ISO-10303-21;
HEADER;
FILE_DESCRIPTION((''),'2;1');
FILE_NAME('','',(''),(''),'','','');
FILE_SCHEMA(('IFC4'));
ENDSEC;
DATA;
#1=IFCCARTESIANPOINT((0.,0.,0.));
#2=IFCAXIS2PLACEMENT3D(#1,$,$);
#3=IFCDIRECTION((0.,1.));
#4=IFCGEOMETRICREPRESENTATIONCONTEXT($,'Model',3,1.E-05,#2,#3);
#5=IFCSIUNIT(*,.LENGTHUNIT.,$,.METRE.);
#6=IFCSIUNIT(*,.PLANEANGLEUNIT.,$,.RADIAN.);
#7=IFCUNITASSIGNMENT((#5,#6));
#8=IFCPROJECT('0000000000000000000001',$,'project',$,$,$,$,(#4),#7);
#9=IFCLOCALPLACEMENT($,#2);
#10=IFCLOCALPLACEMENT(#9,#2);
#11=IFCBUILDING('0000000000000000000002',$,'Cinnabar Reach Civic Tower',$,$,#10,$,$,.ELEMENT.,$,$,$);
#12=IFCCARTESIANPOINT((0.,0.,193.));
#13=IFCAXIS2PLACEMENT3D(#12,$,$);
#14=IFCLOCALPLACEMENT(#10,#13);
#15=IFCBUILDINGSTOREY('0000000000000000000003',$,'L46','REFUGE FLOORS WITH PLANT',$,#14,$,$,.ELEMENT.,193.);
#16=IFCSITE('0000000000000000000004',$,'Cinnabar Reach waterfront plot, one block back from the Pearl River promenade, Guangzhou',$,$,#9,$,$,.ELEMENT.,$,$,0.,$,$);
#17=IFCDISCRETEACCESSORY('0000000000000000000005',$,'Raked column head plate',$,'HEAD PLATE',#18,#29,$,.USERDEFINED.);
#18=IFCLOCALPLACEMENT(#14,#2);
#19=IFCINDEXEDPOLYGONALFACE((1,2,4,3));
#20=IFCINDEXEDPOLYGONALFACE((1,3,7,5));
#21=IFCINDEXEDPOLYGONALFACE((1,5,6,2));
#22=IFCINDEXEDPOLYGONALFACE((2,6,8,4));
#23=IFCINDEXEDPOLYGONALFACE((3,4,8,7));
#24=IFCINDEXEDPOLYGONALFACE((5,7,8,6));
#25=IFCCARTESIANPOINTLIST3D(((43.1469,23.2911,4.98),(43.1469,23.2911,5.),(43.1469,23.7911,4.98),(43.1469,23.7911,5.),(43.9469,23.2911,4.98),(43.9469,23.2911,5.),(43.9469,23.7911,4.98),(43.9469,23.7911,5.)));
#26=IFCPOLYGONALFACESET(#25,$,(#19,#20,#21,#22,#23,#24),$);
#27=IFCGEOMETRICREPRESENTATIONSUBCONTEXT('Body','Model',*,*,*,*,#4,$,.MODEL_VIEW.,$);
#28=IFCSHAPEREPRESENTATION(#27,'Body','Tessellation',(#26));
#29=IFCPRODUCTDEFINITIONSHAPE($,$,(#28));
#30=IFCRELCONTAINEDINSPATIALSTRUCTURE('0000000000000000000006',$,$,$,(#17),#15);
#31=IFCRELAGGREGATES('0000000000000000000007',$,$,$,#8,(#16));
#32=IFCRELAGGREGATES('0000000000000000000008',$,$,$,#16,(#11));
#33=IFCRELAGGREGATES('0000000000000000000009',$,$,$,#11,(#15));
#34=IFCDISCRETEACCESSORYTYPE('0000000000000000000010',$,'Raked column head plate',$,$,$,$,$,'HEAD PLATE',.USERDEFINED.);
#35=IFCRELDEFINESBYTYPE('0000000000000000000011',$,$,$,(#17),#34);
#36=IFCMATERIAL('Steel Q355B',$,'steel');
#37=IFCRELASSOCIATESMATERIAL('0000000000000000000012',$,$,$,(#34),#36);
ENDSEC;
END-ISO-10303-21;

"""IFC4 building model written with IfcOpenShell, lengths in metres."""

from ifc_helpers import new_model, si_unit, direction, frame, origin, origin_2d, place, context, subcontext, project, spatial, rectangle, extrude, material, type_object, element, save


model = new_model("IFC4")

# Units and contexts
model_context = context("Model", 3, precision=1e-05, world=origin(), true_north=direction((0.0, 1.0)))
body_context = subcontext(model_context, "Body", "Model", "MODEL_VIEW")
ifc_project = project(units=[si_unit("LENGTHUNIT", "METRE"), si_unit("PLANEANGLEUNIT", "RADIAN")], contexts=[model_context])

# Site, building, storey
site_placement = place(None, origin())
site = spatial("IfcSite", under=ifc_project, at=site_placement, Name="Cinnabar Reach waterfront plot, one block back from the Pearl River promenade, Guangzhou", CompositionType="ELEMENT", RefElevation=0.0)
building_placement = place(site_placement, origin())
building = spatial("IfcBuilding", under=site, at=building_placement, Name="Cinnabar Reach Civic Tower", CompositionType="ELEMENT")
storey_placement = place(building_placement, frame((0.0, 0.0, 193.0)))
storey = spatial("IfcBuildingStorey", under=building, at=storey_placement, Name="L46", Description="REFUGE FLOORS WITH PLANT", CompositionType="ELEMENT", Elevation=193.0)

# Shared definitions
ifc_material_1 = material(Name="Steel Q355B", Category="steel")

# Discrete accessory
discrete_accessory_type = type_object("IfcDiscreteAccessoryType", Name="Raked column head plate", ElementType="HEAD PLATE", PredefinedType="USERDEFINED", material=ifc_material_1)
discrete_accessory_placement = place(storey_placement, frame((43.5469, 23.5411, 4.98), z_axis=(0.0, 0.0, 1.0), x_axis=(0.0, 1.0, 0.0)))
element("IfcDiscreteAccessory", 1, at=discrete_accessory_placement, inside=storey, type_object=discrete_accessory_type, Name="Raked column head plate", ObjectType="HEAD PLATE", PredefinedType="USERDEFINED", context=body_context, shape_type="SweptSolid", body=[
    extrude(rectangle(XDim=0.5, YDim=0.8, at=origin_2d()), origin(), (0.0, 0.0, 1.0), 0.02),
])

save(model, "model.ifc")
